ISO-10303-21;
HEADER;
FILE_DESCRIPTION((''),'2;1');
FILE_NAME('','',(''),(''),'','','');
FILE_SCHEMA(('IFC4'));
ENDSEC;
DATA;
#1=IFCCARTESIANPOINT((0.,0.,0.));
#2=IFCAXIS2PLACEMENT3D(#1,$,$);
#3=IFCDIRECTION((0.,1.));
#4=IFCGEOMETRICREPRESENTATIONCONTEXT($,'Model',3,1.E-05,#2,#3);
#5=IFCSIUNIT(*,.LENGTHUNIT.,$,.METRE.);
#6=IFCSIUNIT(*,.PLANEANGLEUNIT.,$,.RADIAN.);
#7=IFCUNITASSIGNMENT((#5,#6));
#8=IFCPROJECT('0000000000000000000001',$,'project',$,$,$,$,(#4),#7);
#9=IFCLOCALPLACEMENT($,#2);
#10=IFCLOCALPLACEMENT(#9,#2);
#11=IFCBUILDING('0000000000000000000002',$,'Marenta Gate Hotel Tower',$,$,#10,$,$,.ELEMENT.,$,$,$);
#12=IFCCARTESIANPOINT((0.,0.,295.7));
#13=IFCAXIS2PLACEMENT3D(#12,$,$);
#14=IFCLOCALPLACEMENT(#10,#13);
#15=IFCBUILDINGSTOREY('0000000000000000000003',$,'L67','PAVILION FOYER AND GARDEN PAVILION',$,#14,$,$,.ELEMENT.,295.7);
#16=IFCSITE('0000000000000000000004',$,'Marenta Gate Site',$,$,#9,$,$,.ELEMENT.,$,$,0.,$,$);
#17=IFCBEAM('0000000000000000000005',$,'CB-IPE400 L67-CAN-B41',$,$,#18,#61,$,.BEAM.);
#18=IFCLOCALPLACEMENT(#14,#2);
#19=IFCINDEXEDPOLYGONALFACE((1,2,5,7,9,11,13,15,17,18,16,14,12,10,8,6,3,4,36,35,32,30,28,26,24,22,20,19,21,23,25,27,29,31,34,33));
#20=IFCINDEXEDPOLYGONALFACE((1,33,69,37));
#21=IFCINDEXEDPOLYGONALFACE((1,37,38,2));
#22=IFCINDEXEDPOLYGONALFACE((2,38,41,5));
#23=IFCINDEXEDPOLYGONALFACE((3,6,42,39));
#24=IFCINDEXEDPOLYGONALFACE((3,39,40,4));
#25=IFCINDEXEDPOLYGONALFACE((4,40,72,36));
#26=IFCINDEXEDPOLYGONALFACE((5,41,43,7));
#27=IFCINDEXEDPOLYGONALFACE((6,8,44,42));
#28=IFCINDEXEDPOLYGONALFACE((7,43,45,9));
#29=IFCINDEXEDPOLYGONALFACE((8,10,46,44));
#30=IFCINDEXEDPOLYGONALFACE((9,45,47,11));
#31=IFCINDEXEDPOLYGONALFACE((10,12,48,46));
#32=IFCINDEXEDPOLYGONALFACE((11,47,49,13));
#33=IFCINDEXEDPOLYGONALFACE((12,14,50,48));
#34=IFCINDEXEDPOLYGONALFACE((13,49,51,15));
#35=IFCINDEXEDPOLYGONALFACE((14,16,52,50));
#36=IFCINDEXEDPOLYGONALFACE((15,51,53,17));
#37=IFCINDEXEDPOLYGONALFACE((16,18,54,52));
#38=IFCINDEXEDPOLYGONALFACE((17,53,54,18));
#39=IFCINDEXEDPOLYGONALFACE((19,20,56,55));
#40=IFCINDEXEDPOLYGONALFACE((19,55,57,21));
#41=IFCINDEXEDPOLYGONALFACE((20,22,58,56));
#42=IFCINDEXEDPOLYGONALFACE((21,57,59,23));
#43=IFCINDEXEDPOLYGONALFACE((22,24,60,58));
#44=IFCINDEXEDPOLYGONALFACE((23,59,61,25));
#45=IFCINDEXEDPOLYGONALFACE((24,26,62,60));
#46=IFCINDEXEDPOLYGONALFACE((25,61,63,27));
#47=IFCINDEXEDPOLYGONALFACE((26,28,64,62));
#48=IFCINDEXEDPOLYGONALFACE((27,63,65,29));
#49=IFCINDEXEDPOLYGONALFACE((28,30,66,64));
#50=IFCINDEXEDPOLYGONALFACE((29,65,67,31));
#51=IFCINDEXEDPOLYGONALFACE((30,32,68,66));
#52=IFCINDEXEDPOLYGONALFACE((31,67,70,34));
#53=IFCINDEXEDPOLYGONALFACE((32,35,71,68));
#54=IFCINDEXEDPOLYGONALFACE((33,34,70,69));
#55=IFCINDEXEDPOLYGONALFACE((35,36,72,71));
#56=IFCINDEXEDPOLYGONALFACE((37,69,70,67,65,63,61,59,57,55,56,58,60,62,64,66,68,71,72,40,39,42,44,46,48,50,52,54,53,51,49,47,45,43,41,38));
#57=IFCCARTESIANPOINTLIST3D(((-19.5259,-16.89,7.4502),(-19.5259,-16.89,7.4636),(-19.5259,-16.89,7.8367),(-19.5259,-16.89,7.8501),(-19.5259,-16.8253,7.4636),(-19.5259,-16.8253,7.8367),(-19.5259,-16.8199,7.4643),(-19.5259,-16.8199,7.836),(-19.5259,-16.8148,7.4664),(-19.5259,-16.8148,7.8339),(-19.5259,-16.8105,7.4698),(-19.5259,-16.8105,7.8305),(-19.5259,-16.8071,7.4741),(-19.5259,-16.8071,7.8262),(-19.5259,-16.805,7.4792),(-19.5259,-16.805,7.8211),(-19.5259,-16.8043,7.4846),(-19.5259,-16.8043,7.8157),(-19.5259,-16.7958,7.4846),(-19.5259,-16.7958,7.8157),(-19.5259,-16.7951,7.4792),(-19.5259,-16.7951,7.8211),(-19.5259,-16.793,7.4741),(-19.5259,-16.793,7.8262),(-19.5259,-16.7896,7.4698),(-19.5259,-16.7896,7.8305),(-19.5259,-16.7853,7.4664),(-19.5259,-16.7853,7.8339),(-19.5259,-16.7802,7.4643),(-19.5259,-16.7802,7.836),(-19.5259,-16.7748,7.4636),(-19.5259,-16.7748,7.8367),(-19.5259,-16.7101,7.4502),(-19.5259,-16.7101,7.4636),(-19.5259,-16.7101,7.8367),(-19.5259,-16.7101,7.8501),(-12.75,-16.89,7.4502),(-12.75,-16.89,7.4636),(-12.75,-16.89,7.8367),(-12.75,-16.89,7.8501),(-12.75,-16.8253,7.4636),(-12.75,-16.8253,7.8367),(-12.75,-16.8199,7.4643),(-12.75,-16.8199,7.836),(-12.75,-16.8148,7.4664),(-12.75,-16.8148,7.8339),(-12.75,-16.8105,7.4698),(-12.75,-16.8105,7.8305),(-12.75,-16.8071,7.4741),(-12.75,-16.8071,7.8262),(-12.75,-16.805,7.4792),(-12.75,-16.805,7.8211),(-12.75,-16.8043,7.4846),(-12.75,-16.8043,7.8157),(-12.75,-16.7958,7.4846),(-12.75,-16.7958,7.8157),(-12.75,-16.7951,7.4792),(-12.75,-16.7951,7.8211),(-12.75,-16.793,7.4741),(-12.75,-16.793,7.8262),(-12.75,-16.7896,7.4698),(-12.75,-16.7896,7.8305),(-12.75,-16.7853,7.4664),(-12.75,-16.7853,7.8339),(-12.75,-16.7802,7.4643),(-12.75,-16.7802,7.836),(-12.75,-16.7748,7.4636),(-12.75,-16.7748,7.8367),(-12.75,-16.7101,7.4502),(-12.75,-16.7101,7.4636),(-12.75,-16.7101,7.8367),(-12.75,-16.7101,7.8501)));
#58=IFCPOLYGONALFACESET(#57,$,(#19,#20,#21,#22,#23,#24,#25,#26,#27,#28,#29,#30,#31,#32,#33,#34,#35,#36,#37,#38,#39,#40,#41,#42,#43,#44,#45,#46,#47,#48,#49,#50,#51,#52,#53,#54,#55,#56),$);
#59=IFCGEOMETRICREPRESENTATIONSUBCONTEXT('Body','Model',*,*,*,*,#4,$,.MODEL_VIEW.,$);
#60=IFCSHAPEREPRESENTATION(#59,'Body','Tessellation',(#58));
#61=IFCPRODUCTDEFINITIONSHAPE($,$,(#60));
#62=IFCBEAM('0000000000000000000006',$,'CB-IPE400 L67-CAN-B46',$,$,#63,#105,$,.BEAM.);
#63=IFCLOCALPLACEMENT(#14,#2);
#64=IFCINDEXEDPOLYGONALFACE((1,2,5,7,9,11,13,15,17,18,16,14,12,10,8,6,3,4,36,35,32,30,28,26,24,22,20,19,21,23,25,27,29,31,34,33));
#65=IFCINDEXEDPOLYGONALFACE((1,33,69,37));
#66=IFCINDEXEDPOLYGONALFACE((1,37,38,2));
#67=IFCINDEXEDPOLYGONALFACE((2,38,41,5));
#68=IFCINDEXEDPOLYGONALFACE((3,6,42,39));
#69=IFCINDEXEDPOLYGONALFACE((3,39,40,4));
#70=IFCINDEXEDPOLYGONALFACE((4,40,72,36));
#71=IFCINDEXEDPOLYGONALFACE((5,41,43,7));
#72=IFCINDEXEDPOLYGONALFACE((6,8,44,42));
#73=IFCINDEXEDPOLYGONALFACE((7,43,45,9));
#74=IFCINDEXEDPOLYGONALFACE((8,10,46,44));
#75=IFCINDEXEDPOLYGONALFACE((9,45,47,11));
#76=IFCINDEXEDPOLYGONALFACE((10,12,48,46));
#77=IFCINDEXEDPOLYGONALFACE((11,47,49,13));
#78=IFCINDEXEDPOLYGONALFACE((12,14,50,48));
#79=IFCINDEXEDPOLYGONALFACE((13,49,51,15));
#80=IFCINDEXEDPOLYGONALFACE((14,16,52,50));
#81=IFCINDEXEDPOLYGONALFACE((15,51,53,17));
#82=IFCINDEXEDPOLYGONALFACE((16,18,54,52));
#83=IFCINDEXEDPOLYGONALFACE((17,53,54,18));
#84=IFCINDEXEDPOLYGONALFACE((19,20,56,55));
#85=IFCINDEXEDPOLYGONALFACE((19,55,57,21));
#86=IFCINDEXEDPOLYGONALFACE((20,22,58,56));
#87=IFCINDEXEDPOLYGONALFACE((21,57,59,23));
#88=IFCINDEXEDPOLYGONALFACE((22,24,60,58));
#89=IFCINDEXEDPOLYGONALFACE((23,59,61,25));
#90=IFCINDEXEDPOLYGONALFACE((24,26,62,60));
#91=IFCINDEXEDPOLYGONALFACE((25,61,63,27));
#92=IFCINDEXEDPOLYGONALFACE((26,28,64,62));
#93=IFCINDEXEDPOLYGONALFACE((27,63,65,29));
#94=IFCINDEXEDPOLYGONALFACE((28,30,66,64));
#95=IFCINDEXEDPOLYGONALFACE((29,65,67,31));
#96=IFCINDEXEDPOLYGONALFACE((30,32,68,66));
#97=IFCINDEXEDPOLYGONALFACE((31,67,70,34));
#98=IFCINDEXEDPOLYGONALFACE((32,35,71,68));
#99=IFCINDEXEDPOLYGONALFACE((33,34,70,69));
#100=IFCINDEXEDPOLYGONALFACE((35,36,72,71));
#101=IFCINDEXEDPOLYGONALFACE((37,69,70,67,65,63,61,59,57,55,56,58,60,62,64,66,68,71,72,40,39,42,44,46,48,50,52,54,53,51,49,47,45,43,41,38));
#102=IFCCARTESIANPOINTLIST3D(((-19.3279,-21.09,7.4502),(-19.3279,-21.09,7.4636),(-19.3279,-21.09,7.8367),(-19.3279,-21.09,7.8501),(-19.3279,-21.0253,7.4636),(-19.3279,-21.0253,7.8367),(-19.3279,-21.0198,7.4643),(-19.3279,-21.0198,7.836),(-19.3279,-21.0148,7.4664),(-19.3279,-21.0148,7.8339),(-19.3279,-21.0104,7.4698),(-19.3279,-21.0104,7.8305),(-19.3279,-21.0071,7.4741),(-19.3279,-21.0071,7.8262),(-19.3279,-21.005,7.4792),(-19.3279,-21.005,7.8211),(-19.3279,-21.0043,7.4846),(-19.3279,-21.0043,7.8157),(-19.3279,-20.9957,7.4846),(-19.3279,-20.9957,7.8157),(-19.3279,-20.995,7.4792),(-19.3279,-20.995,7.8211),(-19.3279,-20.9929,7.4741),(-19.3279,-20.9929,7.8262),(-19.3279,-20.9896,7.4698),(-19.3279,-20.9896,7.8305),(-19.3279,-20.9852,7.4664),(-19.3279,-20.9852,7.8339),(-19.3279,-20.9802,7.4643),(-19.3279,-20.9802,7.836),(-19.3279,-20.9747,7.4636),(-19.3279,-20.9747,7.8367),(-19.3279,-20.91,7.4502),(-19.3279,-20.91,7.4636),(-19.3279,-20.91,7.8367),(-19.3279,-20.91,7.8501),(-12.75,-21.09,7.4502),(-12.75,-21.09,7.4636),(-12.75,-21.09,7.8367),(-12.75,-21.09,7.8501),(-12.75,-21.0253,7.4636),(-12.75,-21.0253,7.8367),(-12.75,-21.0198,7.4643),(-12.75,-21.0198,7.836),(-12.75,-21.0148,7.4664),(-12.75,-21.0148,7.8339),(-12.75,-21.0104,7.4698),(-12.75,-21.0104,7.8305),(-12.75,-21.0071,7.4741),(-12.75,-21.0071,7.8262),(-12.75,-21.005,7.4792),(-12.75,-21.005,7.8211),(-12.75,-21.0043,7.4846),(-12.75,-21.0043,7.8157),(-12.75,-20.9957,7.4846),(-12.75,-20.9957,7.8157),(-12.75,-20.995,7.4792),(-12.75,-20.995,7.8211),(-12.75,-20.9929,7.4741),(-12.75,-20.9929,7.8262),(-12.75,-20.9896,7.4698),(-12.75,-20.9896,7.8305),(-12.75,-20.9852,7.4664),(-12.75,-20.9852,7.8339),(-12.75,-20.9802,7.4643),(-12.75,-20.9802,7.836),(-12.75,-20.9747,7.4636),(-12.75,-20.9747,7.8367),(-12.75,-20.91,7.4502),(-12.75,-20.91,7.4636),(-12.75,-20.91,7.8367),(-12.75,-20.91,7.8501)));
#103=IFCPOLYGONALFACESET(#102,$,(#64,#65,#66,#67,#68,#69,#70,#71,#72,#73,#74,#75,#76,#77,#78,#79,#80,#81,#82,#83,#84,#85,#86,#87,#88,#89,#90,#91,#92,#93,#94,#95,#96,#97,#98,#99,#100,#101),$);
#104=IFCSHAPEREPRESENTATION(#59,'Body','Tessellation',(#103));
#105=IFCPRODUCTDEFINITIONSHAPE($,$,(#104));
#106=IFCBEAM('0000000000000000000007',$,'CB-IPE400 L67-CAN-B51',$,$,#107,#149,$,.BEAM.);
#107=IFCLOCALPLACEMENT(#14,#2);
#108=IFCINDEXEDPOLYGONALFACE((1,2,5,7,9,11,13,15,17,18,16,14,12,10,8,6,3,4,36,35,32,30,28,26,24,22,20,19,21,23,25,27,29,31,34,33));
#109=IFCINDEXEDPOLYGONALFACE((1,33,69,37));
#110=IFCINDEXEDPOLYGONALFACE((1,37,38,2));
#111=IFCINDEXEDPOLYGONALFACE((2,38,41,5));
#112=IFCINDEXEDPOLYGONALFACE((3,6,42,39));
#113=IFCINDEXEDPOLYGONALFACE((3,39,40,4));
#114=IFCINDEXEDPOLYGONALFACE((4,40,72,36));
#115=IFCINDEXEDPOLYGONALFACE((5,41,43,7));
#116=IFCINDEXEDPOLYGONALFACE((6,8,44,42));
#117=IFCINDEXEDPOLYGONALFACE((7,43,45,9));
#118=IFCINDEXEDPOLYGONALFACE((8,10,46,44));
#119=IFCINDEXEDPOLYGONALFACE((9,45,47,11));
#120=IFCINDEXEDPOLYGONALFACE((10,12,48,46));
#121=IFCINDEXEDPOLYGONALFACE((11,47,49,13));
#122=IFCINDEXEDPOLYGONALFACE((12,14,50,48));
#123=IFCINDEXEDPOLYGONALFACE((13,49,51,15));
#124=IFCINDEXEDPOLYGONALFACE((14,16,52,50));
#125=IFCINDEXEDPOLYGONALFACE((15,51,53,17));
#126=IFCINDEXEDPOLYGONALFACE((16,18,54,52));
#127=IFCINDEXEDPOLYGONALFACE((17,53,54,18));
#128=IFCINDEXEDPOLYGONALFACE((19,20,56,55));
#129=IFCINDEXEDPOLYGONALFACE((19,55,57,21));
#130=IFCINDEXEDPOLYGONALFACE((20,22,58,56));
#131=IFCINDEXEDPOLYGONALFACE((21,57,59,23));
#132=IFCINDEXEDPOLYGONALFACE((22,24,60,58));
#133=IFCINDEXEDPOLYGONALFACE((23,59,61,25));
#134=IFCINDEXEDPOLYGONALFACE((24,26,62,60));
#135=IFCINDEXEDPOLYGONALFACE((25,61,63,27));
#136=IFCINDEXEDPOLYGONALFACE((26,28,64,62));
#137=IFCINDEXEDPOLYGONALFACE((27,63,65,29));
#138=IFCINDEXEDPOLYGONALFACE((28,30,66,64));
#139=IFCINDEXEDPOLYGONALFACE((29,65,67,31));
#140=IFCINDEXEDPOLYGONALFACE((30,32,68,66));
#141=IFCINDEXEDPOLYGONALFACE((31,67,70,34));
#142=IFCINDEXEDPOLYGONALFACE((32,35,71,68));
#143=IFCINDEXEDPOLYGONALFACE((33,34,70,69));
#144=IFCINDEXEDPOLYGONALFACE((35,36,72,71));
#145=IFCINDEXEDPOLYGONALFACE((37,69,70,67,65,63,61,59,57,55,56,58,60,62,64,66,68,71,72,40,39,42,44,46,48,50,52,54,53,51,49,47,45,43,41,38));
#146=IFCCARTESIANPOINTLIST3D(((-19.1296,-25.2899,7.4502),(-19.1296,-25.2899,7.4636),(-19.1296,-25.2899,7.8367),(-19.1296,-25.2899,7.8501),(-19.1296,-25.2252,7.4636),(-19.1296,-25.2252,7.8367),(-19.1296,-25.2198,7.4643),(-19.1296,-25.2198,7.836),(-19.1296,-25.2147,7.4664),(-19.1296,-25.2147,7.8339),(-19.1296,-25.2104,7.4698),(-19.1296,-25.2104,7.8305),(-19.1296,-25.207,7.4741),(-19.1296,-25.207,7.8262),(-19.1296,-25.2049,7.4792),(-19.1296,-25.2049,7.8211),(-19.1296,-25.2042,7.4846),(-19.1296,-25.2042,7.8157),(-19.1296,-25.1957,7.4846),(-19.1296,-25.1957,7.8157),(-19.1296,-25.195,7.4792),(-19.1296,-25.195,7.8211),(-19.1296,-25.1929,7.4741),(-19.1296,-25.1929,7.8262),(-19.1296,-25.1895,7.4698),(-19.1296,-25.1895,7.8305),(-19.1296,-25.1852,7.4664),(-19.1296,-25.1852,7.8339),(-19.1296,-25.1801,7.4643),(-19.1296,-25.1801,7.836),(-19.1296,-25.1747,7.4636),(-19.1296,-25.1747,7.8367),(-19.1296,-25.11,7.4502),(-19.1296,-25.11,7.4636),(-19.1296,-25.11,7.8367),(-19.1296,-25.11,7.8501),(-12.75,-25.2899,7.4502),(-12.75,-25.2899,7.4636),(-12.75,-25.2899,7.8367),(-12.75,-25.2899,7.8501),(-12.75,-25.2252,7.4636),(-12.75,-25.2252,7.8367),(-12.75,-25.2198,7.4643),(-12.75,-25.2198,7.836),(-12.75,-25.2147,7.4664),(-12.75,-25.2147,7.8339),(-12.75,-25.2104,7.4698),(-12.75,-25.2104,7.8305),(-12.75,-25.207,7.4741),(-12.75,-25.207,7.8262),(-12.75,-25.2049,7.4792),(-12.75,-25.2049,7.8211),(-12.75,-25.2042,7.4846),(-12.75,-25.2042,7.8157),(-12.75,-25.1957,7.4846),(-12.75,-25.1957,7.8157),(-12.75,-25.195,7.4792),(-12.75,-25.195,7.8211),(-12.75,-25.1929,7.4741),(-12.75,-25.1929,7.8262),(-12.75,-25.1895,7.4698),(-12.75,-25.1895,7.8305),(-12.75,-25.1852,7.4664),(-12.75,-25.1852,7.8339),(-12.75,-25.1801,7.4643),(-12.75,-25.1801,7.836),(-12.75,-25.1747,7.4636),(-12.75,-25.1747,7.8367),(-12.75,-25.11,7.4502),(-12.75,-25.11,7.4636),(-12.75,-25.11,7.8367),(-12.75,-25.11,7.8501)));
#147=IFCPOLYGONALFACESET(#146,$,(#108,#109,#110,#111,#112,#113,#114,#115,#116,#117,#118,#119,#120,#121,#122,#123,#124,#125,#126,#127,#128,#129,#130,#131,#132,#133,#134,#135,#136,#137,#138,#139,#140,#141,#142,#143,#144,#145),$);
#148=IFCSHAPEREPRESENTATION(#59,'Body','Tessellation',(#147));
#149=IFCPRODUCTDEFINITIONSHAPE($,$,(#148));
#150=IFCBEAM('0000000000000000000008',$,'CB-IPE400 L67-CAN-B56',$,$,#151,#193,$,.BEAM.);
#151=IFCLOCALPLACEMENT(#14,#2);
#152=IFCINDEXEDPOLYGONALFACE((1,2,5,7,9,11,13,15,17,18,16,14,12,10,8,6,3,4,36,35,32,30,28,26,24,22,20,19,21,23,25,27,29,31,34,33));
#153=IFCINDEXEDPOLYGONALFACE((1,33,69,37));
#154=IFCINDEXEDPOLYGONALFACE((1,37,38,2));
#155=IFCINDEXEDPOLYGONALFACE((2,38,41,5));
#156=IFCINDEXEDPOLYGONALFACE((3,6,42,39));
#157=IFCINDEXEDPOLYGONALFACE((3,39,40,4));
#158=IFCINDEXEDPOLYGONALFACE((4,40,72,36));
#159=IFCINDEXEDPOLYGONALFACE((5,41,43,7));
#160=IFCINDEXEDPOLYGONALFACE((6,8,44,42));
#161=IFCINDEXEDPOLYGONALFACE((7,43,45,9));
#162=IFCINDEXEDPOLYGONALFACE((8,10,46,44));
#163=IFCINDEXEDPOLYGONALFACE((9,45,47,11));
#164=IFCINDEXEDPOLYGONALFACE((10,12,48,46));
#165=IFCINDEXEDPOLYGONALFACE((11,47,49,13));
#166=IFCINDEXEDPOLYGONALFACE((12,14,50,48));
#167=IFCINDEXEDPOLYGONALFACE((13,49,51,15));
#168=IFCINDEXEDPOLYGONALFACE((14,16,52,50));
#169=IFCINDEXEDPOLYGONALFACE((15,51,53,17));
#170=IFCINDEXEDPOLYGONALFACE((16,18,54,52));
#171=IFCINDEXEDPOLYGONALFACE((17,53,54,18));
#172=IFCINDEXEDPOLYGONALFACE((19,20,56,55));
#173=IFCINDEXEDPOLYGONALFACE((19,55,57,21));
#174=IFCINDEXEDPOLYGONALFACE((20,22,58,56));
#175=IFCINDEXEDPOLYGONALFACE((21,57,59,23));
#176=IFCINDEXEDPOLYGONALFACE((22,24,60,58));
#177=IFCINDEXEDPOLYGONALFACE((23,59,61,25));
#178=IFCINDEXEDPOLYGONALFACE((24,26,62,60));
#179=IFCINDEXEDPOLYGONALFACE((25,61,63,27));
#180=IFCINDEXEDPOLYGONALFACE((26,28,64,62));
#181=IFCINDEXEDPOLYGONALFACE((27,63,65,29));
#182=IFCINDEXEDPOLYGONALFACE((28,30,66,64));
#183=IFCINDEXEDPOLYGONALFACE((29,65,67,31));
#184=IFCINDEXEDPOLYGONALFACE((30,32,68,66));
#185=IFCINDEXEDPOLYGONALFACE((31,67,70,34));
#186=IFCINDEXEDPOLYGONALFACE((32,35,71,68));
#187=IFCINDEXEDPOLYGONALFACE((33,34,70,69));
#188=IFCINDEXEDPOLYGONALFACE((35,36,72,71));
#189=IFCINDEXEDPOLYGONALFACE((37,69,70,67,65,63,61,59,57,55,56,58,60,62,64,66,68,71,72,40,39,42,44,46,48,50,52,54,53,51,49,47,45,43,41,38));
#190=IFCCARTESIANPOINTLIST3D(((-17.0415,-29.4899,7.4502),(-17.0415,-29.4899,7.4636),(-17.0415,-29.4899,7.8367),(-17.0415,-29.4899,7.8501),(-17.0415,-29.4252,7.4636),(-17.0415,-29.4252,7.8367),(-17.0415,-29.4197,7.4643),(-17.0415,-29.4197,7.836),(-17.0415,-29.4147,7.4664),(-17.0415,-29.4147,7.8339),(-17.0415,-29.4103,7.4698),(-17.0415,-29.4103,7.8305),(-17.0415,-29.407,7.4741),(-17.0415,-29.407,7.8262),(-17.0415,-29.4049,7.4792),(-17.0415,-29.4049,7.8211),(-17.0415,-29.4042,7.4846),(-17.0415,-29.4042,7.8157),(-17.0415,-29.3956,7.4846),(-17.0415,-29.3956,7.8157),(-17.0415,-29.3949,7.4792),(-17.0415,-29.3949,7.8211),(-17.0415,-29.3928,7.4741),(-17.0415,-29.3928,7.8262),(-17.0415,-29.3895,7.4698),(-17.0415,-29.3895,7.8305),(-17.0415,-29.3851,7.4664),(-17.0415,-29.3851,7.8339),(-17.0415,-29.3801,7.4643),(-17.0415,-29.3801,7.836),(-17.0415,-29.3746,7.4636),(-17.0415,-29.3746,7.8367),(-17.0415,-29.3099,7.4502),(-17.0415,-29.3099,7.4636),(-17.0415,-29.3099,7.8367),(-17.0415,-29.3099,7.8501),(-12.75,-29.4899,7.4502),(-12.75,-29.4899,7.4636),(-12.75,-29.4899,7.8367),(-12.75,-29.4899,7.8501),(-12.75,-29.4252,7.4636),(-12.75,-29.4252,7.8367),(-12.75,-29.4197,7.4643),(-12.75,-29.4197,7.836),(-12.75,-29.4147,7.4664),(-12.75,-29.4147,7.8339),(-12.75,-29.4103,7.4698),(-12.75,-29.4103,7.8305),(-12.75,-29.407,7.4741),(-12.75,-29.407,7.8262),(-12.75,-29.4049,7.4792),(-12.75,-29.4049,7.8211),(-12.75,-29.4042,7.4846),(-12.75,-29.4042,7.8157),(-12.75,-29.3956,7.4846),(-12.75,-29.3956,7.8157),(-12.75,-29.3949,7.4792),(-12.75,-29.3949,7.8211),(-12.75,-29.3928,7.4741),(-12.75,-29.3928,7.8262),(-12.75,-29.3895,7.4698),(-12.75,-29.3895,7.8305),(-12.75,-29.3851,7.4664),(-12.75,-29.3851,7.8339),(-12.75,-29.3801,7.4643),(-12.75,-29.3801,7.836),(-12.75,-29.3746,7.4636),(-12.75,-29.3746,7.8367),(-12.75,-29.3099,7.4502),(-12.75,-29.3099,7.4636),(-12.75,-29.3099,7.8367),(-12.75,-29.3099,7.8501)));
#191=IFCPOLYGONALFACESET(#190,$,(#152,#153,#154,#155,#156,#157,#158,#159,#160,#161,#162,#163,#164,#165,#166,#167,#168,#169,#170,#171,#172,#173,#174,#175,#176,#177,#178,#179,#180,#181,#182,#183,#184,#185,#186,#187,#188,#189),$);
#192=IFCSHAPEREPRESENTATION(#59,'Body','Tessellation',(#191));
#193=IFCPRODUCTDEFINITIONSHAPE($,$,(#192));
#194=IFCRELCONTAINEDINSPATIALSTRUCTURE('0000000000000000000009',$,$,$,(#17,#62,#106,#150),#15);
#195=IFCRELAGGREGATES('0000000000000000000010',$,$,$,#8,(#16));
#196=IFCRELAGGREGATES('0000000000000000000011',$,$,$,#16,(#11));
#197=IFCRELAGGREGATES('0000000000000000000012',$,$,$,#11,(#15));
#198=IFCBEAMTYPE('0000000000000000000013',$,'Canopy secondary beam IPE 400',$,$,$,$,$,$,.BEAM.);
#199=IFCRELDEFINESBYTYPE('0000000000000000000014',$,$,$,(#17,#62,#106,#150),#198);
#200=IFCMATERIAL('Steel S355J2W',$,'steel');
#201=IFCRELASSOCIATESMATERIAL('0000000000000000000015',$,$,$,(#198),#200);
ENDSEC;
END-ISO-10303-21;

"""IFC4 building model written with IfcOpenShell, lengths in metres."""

from ifc_helpers import new_model, si_unit, direction, frame, origin, origin_2d, place, context, subcontext, project, spatial, i_section, extrude, material, material_profile, profile_set, type_object, element, save


model = new_model("IFC4")

# Units and contexts
model_context = context("Model", 3, precision=1e-05, world=origin(), true_north=direction((0.0, 1.0)))
body_context = subcontext(model_context, "Body", "Model", "MODEL_VIEW")
ifc_project = project(units=[si_unit("LENGTHUNIT", "METRE"), si_unit("PLANEANGLEUNIT", "RADIAN")], contexts=[model_context])

# Site, building, storey
site_placement = place(None, origin())
site = spatial("IfcSite", under=ifc_project, at=site_placement, Name="Marenta Gate Site", CompositionType="ELEMENT", RefElevation=0.0)
building_placement = place(site_placement, origin())
building = spatial("IfcBuilding", under=site, at=building_placement, Name="Marenta Gate Hotel Tower", CompositionType="ELEMENT")
storey_placement = place(building_placement, frame((0.0, 0.0, 295.7)))
storey = spatial("IfcBuildingStorey", under=building, at=storey_placement, Name="L67", Description="PAVILION FOYER AND GARDEN PAVILION", CompositionType="ELEMENT", Elevation=295.7)

# Beams
ifc_material_1 = material(Name="Steel S355J2W", Category="steel")
ifc_material_profile_1 = material_profile(ifc_material_1, i_section(OverallWidth=0.1799, OverallDepth=0.3999, WebThickness=0.0085, FlangeThickness=0.0134, FilletRadius=0.021, at=origin_2d()), Name="IPE 400")
ifc_profile_set_1 = profile_set([ifc_material_profile_1], Name="Steel S355J2W")
beam_type_1 = type_object("IfcBeamType", Name="Canopy secondary beam IPE 400", PredefinedType="BEAM", material=ifc_profile_set_1)
beam_1_placement = place(storey_placement, frame((-19.5259, -16.8, 7.6501), z_axis=(1.0, 0.0, 0.0), x_axis=(0.0, 1.0, 0.0)))
element("IfcBeam", 1, at=beam_1_placement, inside=storey, type_object=beam_type_1, Name="CB-IPE400 L67-CAN-B41", PredefinedType="BEAM", context=body_context, shape_type="SweptSolid", body=[
    extrude(i_section(OverallWidth=0.1799, OverallDepth=0.3999, WebThickness=0.0085, FlangeThickness=0.0134, FilletRadius=0.021, at=origin_2d()), origin(), (0.0, 0.0, 1.0), 6.7759),
])
beam_2_placement = place(storey_placement, frame((-19.3279, -21.0, 7.6501), z_axis=(1.0, 0.0, 0.0), x_axis=(0.0, 1.0, 0.0)))
element("IfcBeam", 2, at=beam_2_placement, inside=storey, type_object=beam_type_1, Name="CB-IPE400 L67-CAN-B46", PredefinedType="BEAM", context=body_context, shape_type="SweptSolid", body=[
    extrude(i_section(OverallWidth=0.1799, OverallDepth=0.3999, WebThickness=0.0085, FlangeThickness=0.0134, FilletRadius=0.021, at=origin_2d()), origin(), (0.0, 0.0, 1.0), 6.5779),
])
beam_3_placement = place(storey_placement, frame((-19.1296, -25.2, 7.6501), z_axis=(1.0, 0.0, 0.0), x_axis=(0.0, 1.0, 0.0)))
element("IfcBeam", 3, at=beam_3_placement, inside=storey, type_object=beam_type_1, Name="CB-IPE400 L67-CAN-B51", PredefinedType="BEAM", context=body_context, shape_type="SweptSolid", body=[
    extrude(i_section(OverallWidth=0.1799, OverallDepth=0.3999, WebThickness=0.0085, FlangeThickness=0.0134, FilletRadius=0.021, at=origin_2d()), origin(), (0.0, 0.0, 1.0), 6.3796),
])
beam_4_placement = place(storey_placement, frame((-17.0415, -29.3999, 7.6501), z_axis=(1.0, 0.0, 0.0), x_axis=(0.0, 1.0, 0.0)))
element("IfcBeam", 4, at=beam_4_placement, inside=storey, type_object=beam_type_1, Name="CB-IPE400 L67-CAN-B56", PredefinedType="BEAM", context=body_context, shape_type="SweptSolid", body=[
    extrude(i_section(OverallWidth=0.1799, OverallDepth=0.3999, WebThickness=0.0085, FlangeThickness=0.0134, FilletRadius=0.021, at=origin_2d()), origin(), (0.0, 0.0, 1.0), 4.2915),
])

save(model, "model.ifc")
